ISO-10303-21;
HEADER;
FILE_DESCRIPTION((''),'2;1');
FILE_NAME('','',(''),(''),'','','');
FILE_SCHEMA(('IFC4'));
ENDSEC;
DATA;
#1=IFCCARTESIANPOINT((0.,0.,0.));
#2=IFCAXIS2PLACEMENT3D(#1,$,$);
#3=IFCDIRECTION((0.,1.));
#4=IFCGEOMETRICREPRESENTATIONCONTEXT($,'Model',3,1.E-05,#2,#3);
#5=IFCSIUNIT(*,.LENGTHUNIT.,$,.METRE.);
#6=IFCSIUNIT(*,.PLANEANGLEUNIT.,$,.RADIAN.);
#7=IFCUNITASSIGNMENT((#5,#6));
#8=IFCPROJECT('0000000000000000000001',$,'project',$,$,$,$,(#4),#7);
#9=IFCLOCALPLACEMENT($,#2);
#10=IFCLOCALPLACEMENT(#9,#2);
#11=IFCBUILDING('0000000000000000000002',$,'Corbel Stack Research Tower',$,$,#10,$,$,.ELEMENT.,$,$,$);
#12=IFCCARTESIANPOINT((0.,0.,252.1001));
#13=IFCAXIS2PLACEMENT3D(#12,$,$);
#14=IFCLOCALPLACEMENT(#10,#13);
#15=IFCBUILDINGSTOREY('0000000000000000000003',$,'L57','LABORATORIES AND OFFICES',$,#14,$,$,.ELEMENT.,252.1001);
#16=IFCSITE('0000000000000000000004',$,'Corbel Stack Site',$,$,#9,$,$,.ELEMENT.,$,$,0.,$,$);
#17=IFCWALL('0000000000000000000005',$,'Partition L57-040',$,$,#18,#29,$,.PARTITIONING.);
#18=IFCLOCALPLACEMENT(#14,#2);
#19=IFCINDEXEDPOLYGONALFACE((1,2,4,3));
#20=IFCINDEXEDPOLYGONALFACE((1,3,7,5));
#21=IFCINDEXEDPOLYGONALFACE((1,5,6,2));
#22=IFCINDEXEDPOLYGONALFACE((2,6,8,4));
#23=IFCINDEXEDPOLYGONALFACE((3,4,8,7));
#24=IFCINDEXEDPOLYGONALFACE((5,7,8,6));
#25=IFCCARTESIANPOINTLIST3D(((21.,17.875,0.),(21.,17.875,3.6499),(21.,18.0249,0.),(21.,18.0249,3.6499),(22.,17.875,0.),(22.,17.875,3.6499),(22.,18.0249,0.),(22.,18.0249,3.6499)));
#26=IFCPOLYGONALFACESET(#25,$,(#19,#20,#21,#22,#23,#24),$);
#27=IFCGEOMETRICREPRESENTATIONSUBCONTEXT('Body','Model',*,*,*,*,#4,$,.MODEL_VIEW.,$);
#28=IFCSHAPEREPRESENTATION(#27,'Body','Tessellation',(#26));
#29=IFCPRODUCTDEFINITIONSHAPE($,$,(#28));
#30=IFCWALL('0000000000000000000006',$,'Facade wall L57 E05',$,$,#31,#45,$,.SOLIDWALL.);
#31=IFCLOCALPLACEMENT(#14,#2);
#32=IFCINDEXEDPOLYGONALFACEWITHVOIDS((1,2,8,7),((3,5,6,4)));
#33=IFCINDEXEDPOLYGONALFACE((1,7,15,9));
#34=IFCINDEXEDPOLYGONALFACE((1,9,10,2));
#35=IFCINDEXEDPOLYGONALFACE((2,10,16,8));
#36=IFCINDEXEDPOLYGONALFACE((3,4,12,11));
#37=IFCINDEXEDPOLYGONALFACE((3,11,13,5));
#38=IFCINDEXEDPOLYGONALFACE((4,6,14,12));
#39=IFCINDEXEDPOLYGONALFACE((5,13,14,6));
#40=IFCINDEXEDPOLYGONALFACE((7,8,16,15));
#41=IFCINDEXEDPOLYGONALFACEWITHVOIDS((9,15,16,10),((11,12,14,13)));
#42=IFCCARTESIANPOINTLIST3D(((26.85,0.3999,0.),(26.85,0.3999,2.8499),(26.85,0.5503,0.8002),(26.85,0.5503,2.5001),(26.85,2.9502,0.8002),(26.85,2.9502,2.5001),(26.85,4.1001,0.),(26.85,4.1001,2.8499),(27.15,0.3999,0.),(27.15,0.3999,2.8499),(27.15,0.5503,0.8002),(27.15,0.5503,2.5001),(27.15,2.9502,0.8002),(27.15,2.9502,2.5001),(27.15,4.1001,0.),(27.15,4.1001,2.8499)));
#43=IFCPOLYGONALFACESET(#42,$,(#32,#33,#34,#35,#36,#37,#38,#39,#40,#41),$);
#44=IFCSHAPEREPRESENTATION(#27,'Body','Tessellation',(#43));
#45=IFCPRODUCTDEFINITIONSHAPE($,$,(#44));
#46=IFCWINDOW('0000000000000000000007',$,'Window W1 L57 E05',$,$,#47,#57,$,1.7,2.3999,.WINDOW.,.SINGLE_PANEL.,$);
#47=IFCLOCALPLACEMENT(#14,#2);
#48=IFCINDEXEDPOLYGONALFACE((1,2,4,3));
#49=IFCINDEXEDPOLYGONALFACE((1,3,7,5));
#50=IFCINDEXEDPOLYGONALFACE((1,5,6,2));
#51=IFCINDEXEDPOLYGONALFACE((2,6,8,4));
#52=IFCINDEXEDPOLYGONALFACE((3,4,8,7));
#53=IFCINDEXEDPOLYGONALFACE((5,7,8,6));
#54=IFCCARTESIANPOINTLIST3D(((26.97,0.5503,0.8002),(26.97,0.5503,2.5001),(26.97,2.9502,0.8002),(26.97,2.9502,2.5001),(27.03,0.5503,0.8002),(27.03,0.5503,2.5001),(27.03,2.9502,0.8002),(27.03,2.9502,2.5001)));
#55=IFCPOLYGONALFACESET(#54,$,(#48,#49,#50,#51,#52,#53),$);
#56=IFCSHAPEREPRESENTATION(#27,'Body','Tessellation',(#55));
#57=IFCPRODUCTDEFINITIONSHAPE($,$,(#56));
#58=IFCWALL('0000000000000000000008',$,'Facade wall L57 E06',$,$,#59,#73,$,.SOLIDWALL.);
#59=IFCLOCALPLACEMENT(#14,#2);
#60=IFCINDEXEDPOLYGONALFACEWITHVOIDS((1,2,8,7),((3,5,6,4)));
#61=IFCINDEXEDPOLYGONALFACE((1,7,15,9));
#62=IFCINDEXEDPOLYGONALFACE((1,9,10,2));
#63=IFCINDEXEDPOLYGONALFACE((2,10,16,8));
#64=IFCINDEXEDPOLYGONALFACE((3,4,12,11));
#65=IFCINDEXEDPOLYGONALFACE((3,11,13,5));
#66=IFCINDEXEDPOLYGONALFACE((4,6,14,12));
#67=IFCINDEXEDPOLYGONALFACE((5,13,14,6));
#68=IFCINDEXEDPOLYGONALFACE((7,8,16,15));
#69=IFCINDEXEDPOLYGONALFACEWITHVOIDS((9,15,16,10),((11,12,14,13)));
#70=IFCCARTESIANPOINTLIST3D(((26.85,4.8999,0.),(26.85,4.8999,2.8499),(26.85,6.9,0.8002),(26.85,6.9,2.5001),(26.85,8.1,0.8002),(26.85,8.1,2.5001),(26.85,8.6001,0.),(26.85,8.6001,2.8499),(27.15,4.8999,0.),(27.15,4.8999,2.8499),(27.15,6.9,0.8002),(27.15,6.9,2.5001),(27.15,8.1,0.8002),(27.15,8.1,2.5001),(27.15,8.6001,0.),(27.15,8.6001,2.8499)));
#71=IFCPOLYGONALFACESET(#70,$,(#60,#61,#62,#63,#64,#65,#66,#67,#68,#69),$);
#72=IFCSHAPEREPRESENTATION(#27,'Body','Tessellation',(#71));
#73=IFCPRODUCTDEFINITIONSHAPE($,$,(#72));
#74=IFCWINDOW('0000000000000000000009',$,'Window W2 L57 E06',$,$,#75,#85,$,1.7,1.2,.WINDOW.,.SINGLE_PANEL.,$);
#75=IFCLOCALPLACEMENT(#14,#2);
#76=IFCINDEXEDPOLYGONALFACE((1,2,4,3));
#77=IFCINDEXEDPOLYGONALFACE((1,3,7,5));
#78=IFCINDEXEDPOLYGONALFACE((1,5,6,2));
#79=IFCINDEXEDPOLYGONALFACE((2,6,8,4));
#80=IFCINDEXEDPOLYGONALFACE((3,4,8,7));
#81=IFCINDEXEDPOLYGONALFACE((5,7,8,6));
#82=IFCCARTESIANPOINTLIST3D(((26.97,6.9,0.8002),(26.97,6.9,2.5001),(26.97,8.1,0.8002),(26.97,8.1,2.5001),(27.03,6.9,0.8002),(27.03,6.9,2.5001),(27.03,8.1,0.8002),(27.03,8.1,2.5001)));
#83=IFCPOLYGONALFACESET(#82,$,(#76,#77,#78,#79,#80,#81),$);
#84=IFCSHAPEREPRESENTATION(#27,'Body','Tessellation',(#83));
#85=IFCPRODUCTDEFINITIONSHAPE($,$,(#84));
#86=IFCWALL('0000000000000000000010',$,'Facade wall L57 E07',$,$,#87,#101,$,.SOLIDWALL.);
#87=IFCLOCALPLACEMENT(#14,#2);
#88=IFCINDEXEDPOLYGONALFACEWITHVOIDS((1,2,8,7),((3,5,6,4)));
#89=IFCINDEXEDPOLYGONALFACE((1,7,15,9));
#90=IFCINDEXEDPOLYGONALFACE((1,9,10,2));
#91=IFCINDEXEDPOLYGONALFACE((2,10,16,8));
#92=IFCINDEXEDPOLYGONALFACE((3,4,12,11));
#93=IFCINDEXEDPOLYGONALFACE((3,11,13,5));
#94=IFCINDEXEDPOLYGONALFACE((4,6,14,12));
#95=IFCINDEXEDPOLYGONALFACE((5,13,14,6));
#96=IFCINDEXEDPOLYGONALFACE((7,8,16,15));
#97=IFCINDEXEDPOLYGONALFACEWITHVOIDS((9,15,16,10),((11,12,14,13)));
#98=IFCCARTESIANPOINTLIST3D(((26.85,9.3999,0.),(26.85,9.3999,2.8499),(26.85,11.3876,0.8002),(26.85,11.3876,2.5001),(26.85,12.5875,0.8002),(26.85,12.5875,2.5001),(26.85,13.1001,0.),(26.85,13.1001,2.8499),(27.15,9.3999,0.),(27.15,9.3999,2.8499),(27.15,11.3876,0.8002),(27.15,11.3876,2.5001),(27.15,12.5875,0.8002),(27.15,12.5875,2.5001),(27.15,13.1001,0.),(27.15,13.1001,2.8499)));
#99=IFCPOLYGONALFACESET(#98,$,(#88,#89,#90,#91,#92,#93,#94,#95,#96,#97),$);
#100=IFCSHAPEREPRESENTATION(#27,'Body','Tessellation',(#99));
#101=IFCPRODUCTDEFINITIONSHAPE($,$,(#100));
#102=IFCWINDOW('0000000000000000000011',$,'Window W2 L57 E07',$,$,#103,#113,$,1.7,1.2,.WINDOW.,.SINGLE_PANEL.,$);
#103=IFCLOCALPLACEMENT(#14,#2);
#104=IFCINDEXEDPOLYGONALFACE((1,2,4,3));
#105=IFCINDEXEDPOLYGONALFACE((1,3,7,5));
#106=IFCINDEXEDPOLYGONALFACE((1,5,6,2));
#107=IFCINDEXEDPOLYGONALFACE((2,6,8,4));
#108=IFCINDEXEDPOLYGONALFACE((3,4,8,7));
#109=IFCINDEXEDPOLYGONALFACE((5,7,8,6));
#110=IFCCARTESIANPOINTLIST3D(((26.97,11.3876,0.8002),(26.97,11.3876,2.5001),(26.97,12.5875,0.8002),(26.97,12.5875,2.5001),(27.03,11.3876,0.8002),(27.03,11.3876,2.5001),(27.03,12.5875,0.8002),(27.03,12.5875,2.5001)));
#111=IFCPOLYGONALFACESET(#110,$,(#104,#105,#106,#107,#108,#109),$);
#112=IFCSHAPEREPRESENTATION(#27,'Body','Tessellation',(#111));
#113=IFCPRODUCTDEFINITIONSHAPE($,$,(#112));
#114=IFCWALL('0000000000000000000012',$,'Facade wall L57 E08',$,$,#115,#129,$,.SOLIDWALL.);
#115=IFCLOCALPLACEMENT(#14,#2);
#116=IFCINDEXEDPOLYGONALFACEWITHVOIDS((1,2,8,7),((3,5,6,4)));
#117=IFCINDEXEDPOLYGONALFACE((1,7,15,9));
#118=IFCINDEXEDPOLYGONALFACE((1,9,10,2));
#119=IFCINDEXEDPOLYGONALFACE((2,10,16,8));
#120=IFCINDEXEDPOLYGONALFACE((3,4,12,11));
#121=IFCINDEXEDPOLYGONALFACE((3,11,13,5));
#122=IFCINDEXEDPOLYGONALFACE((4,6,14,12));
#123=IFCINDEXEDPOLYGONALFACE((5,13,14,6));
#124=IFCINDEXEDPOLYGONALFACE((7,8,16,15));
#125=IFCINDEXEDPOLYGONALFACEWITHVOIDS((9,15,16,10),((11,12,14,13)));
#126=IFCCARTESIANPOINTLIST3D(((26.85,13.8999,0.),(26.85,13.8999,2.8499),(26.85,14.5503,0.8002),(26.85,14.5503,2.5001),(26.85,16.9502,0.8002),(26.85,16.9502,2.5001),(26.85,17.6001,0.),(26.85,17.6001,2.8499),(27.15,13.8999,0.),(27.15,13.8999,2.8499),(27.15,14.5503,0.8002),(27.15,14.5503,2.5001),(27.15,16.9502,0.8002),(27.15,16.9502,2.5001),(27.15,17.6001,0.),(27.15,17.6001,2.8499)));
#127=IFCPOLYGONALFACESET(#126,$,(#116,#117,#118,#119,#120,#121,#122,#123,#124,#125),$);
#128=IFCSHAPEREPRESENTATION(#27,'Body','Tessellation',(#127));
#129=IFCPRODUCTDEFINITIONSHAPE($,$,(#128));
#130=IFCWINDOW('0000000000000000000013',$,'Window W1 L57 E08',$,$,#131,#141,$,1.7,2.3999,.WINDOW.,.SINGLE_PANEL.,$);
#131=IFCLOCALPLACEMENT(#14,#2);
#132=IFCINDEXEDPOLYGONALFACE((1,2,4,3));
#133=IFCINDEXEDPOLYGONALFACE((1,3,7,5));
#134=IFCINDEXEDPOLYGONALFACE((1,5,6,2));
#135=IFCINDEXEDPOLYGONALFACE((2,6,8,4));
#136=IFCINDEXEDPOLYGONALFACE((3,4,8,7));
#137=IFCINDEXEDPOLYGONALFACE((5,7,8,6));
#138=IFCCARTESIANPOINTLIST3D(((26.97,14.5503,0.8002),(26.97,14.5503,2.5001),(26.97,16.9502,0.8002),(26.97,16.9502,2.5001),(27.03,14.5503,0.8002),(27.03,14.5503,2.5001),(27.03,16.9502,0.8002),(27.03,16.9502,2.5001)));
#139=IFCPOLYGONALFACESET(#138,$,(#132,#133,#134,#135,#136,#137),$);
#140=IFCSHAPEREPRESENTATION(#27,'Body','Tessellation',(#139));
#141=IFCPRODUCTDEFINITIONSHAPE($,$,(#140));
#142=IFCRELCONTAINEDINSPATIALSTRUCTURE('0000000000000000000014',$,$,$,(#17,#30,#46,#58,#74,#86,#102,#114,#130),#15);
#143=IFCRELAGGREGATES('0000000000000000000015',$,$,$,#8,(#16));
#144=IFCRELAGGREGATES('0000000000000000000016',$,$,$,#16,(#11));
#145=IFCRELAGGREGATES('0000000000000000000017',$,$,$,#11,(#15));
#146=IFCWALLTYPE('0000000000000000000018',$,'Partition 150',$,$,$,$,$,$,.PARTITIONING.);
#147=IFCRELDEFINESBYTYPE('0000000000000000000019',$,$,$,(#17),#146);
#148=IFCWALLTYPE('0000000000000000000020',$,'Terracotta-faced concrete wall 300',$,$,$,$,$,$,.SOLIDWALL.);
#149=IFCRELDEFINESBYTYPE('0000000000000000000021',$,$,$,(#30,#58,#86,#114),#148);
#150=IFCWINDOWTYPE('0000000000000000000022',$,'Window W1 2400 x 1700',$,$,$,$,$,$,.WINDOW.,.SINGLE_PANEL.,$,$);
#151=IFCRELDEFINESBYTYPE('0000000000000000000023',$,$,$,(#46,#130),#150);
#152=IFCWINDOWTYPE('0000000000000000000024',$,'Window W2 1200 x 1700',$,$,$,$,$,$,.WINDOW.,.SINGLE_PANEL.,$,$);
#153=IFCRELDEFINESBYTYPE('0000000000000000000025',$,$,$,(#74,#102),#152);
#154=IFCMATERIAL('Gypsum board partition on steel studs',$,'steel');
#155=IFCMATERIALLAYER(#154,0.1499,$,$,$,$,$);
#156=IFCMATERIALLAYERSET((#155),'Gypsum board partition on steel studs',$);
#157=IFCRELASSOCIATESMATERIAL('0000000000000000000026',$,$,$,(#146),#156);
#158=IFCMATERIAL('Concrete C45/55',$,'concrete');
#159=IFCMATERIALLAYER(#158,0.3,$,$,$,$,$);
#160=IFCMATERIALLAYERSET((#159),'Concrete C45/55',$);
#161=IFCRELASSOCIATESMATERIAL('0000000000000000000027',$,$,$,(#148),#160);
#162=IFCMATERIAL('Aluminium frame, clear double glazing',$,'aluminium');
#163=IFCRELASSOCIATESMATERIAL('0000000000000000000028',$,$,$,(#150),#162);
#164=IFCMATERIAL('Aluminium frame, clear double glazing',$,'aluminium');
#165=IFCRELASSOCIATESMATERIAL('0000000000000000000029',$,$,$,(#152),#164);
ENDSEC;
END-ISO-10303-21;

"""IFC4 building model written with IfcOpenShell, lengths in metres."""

from ifc_helpers import new_model, si_unit, direction, frame, frame_2d, origin, place, context, subcontext, project, spatial, rectangle, extrude, material, layer, layer_set, type_object, element, fill, save


model = new_model("IFC4")

# Units and contexts
model_context = context("Model", 3, precision=1e-05, world=origin(), true_north=direction((0.0, 1.0)))
body_context = subcontext(model_context, "Body", "Model", "MODEL_VIEW")
ifc_project = project(units=[si_unit("LENGTHUNIT", "METRE"), si_unit("PLANEANGLEUNIT", "RADIAN")], contexts=[model_context])

# Site, building, storey
site_placement = place(None, origin())
site = spatial("IfcSite", under=ifc_project, at=site_placement, Name="Corbel Stack Site", CompositionType="ELEMENT", RefElevation=0.0)
building_placement = place(site_placement, origin())
building = spatial("IfcBuilding", under=site, at=building_placement, Name="Corbel Stack Research Tower", CompositionType="ELEMENT")
storey_placement = place(building_placement, frame((0.0, 0.0, 252.1001)))
storey = spatial("IfcBuildingStorey", under=building, at=storey_placement, Name="L57", Description="LABORATORIES AND OFFICES", CompositionType="ELEMENT", Elevation=252.1001)

# Shared definitions
ifc_material_1 = material(Name="Gypsum board partition on steel studs", Category="steel")
ifc_layer_1 = layer(ifc_material_1, 0.1499)
ifc_layer_set_1 = layer_set([ifc_layer_1], Name="Gypsum board partition on steel studs")
wall_type_1 = type_object("IfcWallType", Name="Partition 150", PredefinedType="PARTITIONING", material=ifc_layer_set_1)

# Wall
wall_1_placement = place(storey_placement, frame((21.0, 17.95, 0.0), z_axis=(0.0, 0.0, 1.0), x_axis=(1.0, 0.0, 0.0)))
element("IfcWall", 1, at=wall_1_placement, inside=storey, type_object=wall_type_1, Name="Partition L57-040", PredefinedType="PARTITIONING", context=body_context, shape_type="SweptSolid", body=[
    extrude(rectangle(XDim=1.0, YDim=0.1499, at=frame_2d((0.5, 0.0))), origin(), (0.0, 0.0, 1.0), 3.6499),
])

# Walls, openings, windows
ifc_material_2 = material(Name="Concrete C45/55", Category="concrete")
ifc_layer_2 = layer(ifc_material_2, 0.3)
ifc_layer_set_2 = layer_set([ifc_layer_2], Name="Concrete C45/55")
wall_type_2 = type_object("IfcWallType", Name="Terracotta-faced concrete wall 300", PredefinedType="SOLIDWALL", material=ifc_layer_set_2)
wall_2_placement = place(storey_placement, frame((27.0, 4.1001, 0.0), z_axis=(0.0, 0.0, 1.0), x_axis=(0.0, -1.0, 0.0)))
wall_2 = element("IfcWall", 2, at=wall_2_placement, inside=storey, type_object=wall_type_2, Name="Facade wall L57 E05", PredefinedType="SOLIDWALL", context=body_context, shape_type="SweptSolid", body=[
    extrude(rectangle(XDim=3.7002, YDim=0.3, at=frame_2d((1.8501, 0.0))), origin(), (0.0, 0.0, 1.0), 2.8499),
])
opening_1_placement = place(wall_2_placement, frame((1.1499, 0.0, 0.8)))
opening_1 = element("IfcOpeningElement", 3, at=opening_1_placement, cuts=wall_2, PredefinedType="OPENING", context=body_context, shape_type="SweptSolid", body=[
    extrude(rectangle(XDim=2.3999, YDim=1.7, at=frame_2d((1.2, 0.8501))), frame((0.0, 0.1599, 0.0), z_axis=(0.0, -1.0, 0.0), x_axis=(1.0, 0.0, 0.0)), (0.0, 0.0, 1.0), 0.3201),
])
ifc_material_3 = material(Name="Aluminium frame, clear double glazing", Category="aluminium")
window_type_1 = type_object("IfcWindowType", Name="Window W1 2400 x 1700", PartitioningType="SINGLE_PANEL", PredefinedType="WINDOW", material=ifc_material_3)
window_1_placement = place(opening_1_placement, origin())
window_1 = element("IfcWindow", 4, at=window_1_placement, inside=storey, type_object=window_type_1, Name="Window W1 L57 E05", OverallHeight=1.7, OverallWidth=2.3999, PartitioningType="SINGLE_PANEL", PredefinedType="WINDOW", context=body_context, shape_type="SweptSolid", body=[
    extrude(rectangle(XDim=2.3999, YDim=1.7, at=frame_2d((1.2, 0.8501))), frame((0.0, 0.03, 0.0), z_axis=(0.0, -1.0, 0.0), x_axis=(1.0, 0.0, 0.0)), (0.0, 0.0, 1.0), 0.0601),
])
fill(opening_1, window_1)
wall_3_placement = place(storey_placement, frame((27.0, 8.6001, 0.0), z_axis=(0.0, 0.0, 1.0), x_axis=(0.0, -1.0, 0.0)))
wall_3 = element("IfcWall", 5, at=wall_3_placement, inside=storey, type_object=wall_type_2, Name="Facade wall L57 E06", PredefinedType="SOLIDWALL", context=body_context, shape_type="SweptSolid", body=[
    extrude(rectangle(XDim=3.7002, YDim=0.3, at=frame_2d((1.8501, 0.0))), origin(), (0.0, 0.0, 1.0), 2.8499),
])
opening_2_placement = place(wall_3_placement, frame((0.5, 0.0, 0.8)))
opening_2 = element("IfcOpeningElement", 6, at=opening_2_placement, cuts=wall_3, PredefinedType="OPENING", context=body_context, shape_type="SweptSolid", body=[
    extrude(rectangle(XDim=1.2, YDim=1.7, at=frame_2d((0.6001, 0.8501))), frame((0.0, 0.1599, 0.0), z_axis=(0.0, -1.0, 0.0), x_axis=(1.0, 0.0, 0.0)), (0.0, 0.0, 1.0), 0.3201),
])
ifc_material_4 = material(Name="Aluminium frame, clear double glazing", Category="aluminium")
window_type_2 = type_object("IfcWindowType", Name="Window W2 1200 x 1700", PartitioningType="SINGLE_PANEL", PredefinedType="WINDOW", material=ifc_material_4)
window_2_placement = place(opening_2_placement, origin())
window_2 = element("IfcWindow", 7, at=window_2_placement, inside=storey, type_object=window_type_2, Name="Window W2 L57 E06", OverallHeight=1.7, OverallWidth=1.2, PartitioningType="SINGLE_PANEL", PredefinedType="WINDOW", context=body_context, shape_type="SweptSolid", body=[
    extrude(rectangle(XDim=1.2, YDim=1.7, at=frame_2d((0.6001, 0.8501))), frame((0.0, 0.03, 0.0), z_axis=(0.0, -1.0, 0.0), x_axis=(1.0, 0.0, 0.0)), (0.0, 0.0, 1.0), 0.0601),
])
fill(opening_2, window_2)
wall_4_placement = place(storey_placement, frame((27.0, 13.1001, 0.0), z_axis=(0.0, 0.0, 1.0), x_axis=(0.0, -1.0, 0.0)))
wall_4 = element("IfcWall", 8, at=wall_4_placement, inside=storey, type_object=wall_type_2, Name="Facade wall L57 E07", PredefinedType="SOLIDWALL", context=body_context, shape_type="SweptSolid", body=[
    extrude(rectangle(XDim=3.7002, YDim=0.3, at=frame_2d((1.8501, 0.0))), origin(), (0.0, 0.0, 1.0), 2.8499),
])
opening_3_placement = place(wall_4_placement, frame((0.5125, 0.0, 0.8)))
opening_3 = element("IfcOpeningElement", 9, at=opening_3_placement, cuts=wall_4, PredefinedType="OPENING", context=body_context, shape_type="SweptSolid", body=[
    extrude(rectangle(XDim=1.2, YDim=1.7, at=frame_2d((0.6001, 0.8501))), frame((0.0, 0.1599, 0.0), z_axis=(0.0, -1.0, 0.0), x_axis=(1.0, 0.0, 0.0)), (0.0, 0.0, 1.0), 0.3201),
])
window_3_placement = place(opening_3_placement, origin())
window_3 = element("IfcWindow", 10, at=window_3_placement, inside=storey, type_object=window_type_2, Name="Window W2 L57 E07", OverallHeight=1.7, OverallWidth=1.2, PartitioningType="SINGLE_PANEL", PredefinedType="WINDOW", context=body_context, shape_type="SweptSolid", body=[
    extrude(rectangle(XDim=1.2, YDim=1.7, at=frame_2d((0.6001, 0.8501))), frame((0.0, 0.03, 0.0), z_axis=(0.0, -1.0, 0.0), x_axis=(1.0, 0.0, 0.0)), (0.0, 0.0, 1.0), 0.0601),
])
fill(opening_3, window_3)
wall_5_placement = place(storey_placement, frame((27.0, 17.6001, 0.0), z_axis=(0.0, 0.0, 1.0), x_axis=(0.0, -1.0, 0.0)))
wall_5 = element("IfcWall", 11, at=wall_5_placement, inside=storey, type_object=wall_type_2, Name="Facade wall L57 E08", PredefinedType="SOLIDWALL", context=body_context, shape_type="SweptSolid", body=[
    extrude(rectangle(XDim=3.7002, YDim=0.3, at=frame_2d((1.8501, 0.0))), origin(), (0.0, 0.0, 1.0), 2.8499),
])
opening_4_placement = place(wall_5_placement, frame((0.6499, 0.0, 0.8)))
opening_4 = element("IfcOpeningElement", 12, at=opening_4_placement, cuts=wall_5, PredefinedType="OPENING", context=body_context, shape_type="SweptSolid", body=[
    extrude(rectangle(XDim=2.3999, YDim=1.7, at=frame_2d((1.2, 0.8501))), frame((0.0, 0.1599, 0.0), z_axis=(0.0, -1.0, 0.0), x_axis=(1.0, 0.0, 0.0)), (0.0, 0.0, 1.0), 0.3201),
])
window_4_placement = place(opening_4_placement, origin())
window_4 = element("IfcWindow", 13, at=window_4_placement, inside=storey, type_object=window_type_1, Name="Window W1 L57 E08", OverallHeight=1.7, OverallWidth=2.3999, PartitioningType="SINGLE_PANEL", PredefinedType="WINDOW", context=body_context, shape_type="SweptSolid", body=[
    extrude(rectangle(XDim=2.3999, YDim=1.7, at=frame_2d((1.2, 0.8501))), frame((0.0, 0.03, 0.0), z_axis=(0.0, -1.0, 0.0), x_axis=(1.0, 0.0, 0.0)), (0.0, 0.0, 1.0), 0.0601),
])
fill(opening_4, window_4)

save(model, "model.ifc")
